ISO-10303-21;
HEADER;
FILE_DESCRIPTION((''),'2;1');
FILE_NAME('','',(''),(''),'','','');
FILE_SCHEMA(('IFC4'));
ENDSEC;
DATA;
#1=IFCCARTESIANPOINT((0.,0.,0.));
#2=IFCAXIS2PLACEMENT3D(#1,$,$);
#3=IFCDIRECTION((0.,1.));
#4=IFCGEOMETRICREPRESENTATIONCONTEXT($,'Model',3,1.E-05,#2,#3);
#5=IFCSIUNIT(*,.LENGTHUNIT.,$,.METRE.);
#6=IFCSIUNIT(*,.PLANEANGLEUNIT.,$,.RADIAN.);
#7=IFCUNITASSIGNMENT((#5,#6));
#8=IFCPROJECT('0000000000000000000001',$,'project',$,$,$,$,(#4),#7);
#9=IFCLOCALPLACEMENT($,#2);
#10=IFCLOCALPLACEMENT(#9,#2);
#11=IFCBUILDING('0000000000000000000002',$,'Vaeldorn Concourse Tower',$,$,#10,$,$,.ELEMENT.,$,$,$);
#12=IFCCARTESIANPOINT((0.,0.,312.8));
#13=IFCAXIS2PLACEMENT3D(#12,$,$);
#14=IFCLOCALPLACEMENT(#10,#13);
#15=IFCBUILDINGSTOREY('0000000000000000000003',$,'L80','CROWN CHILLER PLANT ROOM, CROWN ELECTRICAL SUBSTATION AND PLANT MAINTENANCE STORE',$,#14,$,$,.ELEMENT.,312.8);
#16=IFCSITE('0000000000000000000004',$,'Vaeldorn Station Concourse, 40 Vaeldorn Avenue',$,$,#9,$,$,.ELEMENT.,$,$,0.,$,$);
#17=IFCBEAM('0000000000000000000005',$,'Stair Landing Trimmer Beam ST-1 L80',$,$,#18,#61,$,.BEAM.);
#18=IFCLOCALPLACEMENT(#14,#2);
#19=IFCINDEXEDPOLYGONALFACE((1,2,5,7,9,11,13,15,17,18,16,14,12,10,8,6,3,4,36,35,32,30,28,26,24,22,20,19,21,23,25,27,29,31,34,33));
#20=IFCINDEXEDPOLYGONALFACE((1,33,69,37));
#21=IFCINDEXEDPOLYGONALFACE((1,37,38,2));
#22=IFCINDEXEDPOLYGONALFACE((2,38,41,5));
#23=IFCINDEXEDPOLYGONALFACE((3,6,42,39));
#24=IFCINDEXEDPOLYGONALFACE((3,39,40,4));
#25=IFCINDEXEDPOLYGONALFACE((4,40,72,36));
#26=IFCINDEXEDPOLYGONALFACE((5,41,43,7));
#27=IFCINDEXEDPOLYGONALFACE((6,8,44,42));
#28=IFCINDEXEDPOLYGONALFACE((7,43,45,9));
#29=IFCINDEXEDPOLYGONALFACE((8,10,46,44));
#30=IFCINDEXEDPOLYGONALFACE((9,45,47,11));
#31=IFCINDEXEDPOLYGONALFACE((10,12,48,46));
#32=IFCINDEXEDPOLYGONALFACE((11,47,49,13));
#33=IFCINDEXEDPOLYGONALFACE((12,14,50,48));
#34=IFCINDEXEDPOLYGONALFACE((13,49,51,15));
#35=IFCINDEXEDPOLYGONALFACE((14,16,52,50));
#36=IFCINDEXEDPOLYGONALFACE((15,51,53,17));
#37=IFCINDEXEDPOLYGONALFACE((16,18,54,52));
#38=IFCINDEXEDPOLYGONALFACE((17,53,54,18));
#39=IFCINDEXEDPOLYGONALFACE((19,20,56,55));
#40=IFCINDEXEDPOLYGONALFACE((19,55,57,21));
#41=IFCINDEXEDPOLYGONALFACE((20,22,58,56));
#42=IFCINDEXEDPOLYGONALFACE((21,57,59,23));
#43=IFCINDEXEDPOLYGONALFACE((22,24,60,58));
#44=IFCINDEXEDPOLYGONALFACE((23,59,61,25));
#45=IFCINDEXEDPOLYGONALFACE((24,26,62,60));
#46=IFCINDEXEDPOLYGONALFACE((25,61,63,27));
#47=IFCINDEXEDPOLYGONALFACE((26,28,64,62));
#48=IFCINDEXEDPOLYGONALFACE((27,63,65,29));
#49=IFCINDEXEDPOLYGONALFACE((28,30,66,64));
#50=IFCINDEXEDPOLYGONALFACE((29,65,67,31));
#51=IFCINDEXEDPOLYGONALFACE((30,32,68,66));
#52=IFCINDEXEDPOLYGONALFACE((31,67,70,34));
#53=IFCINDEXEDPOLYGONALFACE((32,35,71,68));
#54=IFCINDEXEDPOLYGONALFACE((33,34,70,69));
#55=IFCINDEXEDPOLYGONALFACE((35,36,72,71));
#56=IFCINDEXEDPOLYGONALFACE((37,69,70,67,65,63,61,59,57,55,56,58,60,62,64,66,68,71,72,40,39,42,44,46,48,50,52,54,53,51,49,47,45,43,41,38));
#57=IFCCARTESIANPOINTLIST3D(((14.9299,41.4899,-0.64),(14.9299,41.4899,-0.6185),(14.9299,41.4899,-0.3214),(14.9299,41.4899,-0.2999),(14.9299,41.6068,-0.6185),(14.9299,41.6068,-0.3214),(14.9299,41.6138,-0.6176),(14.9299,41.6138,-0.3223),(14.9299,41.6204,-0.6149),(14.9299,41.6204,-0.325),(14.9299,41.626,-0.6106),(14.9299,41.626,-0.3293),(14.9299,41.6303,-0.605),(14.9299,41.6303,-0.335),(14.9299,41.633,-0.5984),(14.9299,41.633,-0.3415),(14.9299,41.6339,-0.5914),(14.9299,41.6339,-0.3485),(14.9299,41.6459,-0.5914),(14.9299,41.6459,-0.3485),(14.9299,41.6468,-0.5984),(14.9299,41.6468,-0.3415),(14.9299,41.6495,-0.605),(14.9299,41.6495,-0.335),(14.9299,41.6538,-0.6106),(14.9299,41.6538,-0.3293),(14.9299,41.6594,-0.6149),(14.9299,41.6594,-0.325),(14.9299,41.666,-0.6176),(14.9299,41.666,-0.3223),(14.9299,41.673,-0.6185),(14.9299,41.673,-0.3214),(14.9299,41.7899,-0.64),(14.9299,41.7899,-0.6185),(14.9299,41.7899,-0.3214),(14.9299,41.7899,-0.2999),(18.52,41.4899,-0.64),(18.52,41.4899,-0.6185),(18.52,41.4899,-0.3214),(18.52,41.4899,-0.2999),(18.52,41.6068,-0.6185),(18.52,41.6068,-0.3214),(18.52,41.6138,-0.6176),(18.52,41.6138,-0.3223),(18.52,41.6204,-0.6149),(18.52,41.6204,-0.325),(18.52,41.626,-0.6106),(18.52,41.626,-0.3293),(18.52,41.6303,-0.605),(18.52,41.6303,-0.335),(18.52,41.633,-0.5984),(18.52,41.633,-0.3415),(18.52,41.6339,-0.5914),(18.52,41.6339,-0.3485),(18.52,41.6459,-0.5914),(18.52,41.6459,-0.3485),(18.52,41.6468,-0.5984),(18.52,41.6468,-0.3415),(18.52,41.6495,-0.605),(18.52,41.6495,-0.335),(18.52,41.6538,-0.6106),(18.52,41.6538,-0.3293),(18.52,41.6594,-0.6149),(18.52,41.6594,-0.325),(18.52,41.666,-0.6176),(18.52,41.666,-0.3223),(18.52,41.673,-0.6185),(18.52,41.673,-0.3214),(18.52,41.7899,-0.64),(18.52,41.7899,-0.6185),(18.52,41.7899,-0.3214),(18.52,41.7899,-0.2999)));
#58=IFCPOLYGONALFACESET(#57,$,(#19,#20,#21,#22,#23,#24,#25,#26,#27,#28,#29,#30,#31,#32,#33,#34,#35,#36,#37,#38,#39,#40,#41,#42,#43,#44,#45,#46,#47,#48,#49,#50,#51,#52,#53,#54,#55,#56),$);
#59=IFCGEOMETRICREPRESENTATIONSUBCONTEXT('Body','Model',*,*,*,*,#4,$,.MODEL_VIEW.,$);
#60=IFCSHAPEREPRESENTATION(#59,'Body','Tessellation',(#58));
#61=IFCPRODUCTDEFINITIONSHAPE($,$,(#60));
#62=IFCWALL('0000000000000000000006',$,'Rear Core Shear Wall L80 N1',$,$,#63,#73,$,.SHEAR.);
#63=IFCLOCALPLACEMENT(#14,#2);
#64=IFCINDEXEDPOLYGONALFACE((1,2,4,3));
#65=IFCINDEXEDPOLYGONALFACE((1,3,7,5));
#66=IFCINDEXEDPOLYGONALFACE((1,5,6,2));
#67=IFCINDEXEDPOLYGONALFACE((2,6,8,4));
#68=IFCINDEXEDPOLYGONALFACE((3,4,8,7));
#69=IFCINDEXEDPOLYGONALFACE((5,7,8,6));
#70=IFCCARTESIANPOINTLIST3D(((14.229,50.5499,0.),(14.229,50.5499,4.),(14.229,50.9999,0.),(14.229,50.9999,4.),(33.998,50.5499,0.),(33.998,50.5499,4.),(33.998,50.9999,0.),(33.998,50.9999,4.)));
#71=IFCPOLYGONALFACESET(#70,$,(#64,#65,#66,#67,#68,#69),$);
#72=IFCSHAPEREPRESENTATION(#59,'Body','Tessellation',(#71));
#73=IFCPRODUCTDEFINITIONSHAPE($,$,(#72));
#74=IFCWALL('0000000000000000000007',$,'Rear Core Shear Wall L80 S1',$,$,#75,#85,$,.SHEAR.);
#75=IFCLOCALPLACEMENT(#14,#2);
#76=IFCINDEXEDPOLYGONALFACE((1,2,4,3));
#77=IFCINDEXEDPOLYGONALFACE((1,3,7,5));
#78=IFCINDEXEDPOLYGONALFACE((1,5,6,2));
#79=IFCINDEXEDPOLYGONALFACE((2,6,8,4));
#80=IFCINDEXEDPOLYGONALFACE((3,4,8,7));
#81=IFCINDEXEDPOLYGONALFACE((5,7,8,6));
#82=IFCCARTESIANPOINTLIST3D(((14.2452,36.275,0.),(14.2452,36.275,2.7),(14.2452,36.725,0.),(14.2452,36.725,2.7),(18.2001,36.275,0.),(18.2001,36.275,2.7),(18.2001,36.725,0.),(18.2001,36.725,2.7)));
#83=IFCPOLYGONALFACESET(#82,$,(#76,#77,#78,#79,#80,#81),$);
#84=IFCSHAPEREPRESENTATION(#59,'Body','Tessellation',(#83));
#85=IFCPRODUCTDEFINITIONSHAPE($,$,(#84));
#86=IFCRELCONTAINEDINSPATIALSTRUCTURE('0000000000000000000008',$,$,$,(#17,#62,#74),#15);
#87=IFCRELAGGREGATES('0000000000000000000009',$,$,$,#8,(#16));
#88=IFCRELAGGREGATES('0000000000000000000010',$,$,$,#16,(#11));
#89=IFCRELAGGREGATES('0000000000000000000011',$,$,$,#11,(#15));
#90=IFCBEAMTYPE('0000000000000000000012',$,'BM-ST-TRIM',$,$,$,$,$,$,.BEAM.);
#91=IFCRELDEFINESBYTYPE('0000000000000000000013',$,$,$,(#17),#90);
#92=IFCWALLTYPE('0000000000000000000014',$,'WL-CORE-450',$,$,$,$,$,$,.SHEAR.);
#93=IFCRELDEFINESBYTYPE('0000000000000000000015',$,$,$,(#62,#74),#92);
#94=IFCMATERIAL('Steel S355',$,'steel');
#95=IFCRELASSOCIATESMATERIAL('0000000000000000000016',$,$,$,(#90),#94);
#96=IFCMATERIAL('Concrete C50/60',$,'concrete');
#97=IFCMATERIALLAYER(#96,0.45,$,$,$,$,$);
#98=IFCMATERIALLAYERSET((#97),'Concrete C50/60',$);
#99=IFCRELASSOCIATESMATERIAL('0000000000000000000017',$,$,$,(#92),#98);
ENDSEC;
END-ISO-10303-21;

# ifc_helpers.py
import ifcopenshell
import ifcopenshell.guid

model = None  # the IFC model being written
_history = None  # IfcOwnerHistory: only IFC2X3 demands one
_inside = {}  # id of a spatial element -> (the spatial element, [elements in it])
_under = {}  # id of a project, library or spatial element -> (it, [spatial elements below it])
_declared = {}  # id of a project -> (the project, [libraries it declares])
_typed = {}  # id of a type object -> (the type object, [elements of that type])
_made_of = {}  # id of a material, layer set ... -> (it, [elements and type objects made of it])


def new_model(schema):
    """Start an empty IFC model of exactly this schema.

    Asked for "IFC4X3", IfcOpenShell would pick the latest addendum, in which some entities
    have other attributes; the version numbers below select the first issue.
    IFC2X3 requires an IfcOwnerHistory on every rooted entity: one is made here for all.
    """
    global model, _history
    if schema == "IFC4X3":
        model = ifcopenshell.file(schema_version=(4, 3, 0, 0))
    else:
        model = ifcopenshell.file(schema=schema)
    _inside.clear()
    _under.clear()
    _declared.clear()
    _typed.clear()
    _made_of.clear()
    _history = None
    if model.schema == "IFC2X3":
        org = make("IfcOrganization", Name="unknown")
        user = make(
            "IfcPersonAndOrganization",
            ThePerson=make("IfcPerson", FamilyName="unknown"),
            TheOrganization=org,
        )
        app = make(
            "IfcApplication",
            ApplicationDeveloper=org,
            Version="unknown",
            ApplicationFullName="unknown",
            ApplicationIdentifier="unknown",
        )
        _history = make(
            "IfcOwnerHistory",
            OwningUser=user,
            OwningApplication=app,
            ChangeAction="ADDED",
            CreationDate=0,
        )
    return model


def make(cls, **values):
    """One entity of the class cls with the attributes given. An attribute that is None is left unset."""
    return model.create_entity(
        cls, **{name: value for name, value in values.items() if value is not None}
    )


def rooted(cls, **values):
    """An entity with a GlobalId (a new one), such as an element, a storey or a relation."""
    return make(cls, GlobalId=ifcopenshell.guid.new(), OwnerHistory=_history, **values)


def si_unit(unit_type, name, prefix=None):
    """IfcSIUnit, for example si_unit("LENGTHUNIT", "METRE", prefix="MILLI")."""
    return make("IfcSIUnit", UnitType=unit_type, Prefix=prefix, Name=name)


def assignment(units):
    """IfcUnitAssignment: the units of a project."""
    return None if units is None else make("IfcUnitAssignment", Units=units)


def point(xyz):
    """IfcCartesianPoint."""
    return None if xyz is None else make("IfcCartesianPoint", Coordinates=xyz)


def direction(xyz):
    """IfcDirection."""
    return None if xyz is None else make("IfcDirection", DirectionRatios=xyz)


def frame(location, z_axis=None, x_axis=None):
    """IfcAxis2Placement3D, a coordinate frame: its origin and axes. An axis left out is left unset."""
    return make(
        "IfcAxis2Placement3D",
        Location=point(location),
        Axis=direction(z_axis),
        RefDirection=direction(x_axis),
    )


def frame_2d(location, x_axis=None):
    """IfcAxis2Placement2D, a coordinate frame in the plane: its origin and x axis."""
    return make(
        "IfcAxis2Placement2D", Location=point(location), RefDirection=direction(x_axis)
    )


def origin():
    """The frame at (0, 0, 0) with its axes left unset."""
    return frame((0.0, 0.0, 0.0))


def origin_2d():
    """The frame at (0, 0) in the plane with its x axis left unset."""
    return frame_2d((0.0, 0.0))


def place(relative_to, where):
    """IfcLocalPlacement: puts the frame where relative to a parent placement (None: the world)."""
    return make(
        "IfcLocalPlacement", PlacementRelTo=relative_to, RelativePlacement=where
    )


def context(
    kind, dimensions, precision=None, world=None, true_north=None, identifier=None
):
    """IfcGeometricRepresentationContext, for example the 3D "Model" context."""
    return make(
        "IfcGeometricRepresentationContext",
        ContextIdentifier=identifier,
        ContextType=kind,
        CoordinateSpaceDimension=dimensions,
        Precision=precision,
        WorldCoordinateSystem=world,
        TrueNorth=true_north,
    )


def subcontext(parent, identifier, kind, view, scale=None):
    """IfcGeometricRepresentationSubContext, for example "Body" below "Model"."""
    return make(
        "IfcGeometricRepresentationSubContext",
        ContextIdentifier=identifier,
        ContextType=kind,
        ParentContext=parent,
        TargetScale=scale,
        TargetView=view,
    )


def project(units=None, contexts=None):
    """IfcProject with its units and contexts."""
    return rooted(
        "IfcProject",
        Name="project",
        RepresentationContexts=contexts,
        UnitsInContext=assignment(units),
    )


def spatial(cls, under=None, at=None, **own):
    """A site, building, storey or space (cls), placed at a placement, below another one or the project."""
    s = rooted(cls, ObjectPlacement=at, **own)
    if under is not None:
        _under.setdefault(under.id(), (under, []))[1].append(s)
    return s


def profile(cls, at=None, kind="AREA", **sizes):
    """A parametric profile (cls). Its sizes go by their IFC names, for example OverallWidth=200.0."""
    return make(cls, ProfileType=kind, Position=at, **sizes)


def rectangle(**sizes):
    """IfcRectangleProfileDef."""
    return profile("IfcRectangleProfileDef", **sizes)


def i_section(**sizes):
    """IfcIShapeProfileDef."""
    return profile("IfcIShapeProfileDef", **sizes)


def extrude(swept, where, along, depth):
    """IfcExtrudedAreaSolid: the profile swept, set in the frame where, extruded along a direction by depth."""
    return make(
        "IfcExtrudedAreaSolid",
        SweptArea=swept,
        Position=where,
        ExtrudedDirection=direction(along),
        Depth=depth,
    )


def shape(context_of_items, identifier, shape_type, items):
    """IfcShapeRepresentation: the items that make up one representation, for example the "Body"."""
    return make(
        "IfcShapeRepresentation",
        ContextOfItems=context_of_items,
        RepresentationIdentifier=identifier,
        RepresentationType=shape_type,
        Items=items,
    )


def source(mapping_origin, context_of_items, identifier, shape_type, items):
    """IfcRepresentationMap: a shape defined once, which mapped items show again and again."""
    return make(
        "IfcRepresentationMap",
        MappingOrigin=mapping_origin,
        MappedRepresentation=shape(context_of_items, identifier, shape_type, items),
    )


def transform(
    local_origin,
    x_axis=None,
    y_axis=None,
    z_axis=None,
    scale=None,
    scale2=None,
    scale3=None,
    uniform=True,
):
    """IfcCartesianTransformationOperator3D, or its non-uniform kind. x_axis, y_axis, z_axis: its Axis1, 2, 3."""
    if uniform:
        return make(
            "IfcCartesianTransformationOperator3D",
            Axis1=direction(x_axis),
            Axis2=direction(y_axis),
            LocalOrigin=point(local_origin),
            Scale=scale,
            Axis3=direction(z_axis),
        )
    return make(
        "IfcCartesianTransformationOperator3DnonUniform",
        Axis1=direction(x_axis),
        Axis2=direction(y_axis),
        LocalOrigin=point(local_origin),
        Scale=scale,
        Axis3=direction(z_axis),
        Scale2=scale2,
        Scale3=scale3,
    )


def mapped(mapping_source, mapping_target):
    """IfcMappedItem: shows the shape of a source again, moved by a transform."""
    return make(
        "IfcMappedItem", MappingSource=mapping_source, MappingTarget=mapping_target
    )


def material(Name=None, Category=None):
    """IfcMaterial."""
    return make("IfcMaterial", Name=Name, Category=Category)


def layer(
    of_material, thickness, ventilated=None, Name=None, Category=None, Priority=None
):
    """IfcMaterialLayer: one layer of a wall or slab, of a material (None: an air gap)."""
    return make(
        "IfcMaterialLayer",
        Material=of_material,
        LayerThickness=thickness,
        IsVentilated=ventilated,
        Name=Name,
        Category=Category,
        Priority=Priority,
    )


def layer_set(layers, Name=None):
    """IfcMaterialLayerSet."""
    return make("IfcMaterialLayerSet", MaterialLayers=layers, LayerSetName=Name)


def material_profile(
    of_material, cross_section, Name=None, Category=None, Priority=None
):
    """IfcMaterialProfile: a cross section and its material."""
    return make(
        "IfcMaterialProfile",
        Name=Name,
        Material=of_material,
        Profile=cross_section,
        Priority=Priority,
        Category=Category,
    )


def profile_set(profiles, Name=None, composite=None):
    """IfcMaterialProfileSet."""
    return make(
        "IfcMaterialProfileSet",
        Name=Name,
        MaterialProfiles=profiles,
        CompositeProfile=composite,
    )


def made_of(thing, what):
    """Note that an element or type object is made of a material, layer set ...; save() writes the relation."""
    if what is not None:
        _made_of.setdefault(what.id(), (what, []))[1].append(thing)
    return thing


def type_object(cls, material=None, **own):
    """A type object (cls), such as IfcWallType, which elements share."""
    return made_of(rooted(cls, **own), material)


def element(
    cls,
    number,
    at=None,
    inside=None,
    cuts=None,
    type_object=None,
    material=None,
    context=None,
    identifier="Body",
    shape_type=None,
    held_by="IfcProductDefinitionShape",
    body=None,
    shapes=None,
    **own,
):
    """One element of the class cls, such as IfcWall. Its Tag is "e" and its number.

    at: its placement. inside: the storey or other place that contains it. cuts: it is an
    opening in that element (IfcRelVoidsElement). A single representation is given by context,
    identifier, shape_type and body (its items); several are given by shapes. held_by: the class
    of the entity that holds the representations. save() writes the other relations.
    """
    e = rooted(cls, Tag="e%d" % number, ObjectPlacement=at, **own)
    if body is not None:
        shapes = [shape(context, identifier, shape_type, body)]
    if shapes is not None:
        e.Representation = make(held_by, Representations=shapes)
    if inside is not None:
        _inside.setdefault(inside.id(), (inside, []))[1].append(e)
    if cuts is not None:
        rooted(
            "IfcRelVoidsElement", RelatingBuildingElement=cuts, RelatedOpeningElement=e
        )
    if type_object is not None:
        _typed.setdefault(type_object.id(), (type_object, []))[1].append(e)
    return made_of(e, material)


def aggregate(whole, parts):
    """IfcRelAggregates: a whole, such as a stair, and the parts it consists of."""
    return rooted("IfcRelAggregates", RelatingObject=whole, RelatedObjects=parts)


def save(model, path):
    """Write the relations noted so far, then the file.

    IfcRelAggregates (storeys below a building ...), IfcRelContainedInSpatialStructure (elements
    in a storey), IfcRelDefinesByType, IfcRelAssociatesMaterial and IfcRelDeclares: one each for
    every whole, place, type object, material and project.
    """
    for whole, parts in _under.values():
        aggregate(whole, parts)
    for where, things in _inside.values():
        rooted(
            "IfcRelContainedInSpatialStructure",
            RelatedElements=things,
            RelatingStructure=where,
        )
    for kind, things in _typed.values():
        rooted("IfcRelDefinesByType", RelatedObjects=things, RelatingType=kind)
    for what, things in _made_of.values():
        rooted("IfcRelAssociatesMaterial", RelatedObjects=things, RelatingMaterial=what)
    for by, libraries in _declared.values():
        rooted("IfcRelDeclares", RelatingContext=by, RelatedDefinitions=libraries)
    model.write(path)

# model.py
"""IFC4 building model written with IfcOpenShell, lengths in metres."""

from ifc_helpers import new_model, si_unit, direction, frame, frame_2d, origin, origin_2d, place, context, subcontext, project, spatial, rectangle, i_section, extrude, source, transform, mapped, material, layer, layer_set, material_profile, profile_set, type_object, element, save


model = new_model("IFC4")

# Units and contexts
model_context = context("Model", 3, precision=1e-05, world=origin(), true_north=direction((0.0, 1.0)))
body_context = subcontext(model_context, "Body", "Model", "MODEL_VIEW")
ifc_project = project(units=[si_unit("LENGTHUNIT", "METRE"), si_unit("PLANEANGLEUNIT", "RADIAN")], contexts=[model_context])

# Site, building, storey
site_placement = place(None, origin())
site = spatial("IfcSite", under=ifc_project, at=site_placement, Name="Vaeldorn Station Concourse, 40 Vaeldorn Avenue", CompositionType="ELEMENT", RefElevation=0.0)
building_placement = place(site_placement, origin())
building = spatial("IfcBuilding", under=site, at=building_placement, Name="Vaeldorn Concourse Tower", CompositionType="ELEMENT")
storey_placement = place(building_placement, frame((0.0, 0.0, 312.8)))
storey = spatial("IfcBuildingStorey", under=building, at=storey_placement, Name="L80", Description="CROWN CHILLER PLANT ROOM, CROWN ELECTRICAL SUBSTATION AND PLANT MAINTENANCE STORE", CompositionType="ELEMENT", Elevation=312.8)

# Beam
ifc_material_1 = material(Name="Steel S355", Category="steel")
ifc_material_profile = material_profile(ifc_material_1, i_section(OverallWidth=0.3, OverallDepth=0.3401, WebThickness=0.012, FlangeThickness=0.0215, FilletRadius=0.0271, at=origin_2d()), Name="HEB 340")
ifc_profile_set = profile_set([ifc_material_profile], Name="Steel S355")
beam_type = type_object("IfcBeamType", Name="BM-ST-TRIM", PredefinedType="BEAM", material=ifc_profile_set)
shared_shape_1 = source(origin(), body_context, "Body", "SweptSolid", [
    extrude(i_section(OverallWidth=0.3, OverallDepth=0.3401, WebThickness=0.012, FlangeThickness=0.0215, FilletRadius=0.0271, at=origin_2d()), origin(), (0.0, 0.0, 1.0), 3.5901),
])
beam_placement = place(storey_placement, frame((14.9299, 41.6399, -0.47), z_axis=(1.0, 0.0, 0.0), x_axis=(0.0, 1.0, 0.0)))
element("IfcBeam", 1, at=beam_placement, inside=storey, type_object=beam_type, Name="Stair Landing Trimmer Beam ST-1 L80", PredefinedType="BEAM", context=body_context, shape_type="MappedRepresentation", body=[
    mapped(shared_shape_1, transform((0.0, 0.0, 0.0), scale=1.0)),
])

# Walls
ifc_material_2 = material(Name="Concrete C50/60", Category="concrete")
ifc_layer_1 = layer(ifc_material_2, 0.45)
ifc_layer_set_1 = layer_set([ifc_layer_1], Name="Concrete C50/60")
wall_type_1 = type_object("IfcWallType", Name="WL-CORE-450", PredefinedType="SHEAR", material=ifc_layer_set_1)
wall_1_placement = place(storey_placement, frame((14.229, 50.7749, 0.0), z_axis=(0.0, 0.0, 1.0), x_axis=(1.0, 0.0, 0.0)))
element("IfcWall", 2, at=wall_1_placement, inside=storey, type_object=wall_type_1, Name="Rear Core Shear Wall L80 N1", PredefinedType="SHEAR", context=body_context, shape_type="SweptSolid", body=[
    extrude(rectangle(XDim=19.769, YDim=0.45, at=frame_2d((9.8845, 0.0))), origin(), (0.0, 0.0, 1.0), 4.0),
])
wall_2_placement = place(storey_placement, frame((14.2451, 36.5, 0.0), z_axis=(0.0, 0.0, 1.0), x_axis=(1.0, 0.0, 0.0)))
element("IfcWall", 3, at=wall_2_placement, inside=storey, type_object=wall_type_1, Name="Rear Core Shear Wall L80 S1", PredefinedType="SHEAR", context=body_context, shape_type="SweptSolid", body=[
    extrude(rectangle(XDim=3.9548, YDim=0.45, at=frame_2d((1.9775, 0.0))), origin(), (0.0, 0.0, 1.0), 2.7),
])

save(model, "model.ifc")
